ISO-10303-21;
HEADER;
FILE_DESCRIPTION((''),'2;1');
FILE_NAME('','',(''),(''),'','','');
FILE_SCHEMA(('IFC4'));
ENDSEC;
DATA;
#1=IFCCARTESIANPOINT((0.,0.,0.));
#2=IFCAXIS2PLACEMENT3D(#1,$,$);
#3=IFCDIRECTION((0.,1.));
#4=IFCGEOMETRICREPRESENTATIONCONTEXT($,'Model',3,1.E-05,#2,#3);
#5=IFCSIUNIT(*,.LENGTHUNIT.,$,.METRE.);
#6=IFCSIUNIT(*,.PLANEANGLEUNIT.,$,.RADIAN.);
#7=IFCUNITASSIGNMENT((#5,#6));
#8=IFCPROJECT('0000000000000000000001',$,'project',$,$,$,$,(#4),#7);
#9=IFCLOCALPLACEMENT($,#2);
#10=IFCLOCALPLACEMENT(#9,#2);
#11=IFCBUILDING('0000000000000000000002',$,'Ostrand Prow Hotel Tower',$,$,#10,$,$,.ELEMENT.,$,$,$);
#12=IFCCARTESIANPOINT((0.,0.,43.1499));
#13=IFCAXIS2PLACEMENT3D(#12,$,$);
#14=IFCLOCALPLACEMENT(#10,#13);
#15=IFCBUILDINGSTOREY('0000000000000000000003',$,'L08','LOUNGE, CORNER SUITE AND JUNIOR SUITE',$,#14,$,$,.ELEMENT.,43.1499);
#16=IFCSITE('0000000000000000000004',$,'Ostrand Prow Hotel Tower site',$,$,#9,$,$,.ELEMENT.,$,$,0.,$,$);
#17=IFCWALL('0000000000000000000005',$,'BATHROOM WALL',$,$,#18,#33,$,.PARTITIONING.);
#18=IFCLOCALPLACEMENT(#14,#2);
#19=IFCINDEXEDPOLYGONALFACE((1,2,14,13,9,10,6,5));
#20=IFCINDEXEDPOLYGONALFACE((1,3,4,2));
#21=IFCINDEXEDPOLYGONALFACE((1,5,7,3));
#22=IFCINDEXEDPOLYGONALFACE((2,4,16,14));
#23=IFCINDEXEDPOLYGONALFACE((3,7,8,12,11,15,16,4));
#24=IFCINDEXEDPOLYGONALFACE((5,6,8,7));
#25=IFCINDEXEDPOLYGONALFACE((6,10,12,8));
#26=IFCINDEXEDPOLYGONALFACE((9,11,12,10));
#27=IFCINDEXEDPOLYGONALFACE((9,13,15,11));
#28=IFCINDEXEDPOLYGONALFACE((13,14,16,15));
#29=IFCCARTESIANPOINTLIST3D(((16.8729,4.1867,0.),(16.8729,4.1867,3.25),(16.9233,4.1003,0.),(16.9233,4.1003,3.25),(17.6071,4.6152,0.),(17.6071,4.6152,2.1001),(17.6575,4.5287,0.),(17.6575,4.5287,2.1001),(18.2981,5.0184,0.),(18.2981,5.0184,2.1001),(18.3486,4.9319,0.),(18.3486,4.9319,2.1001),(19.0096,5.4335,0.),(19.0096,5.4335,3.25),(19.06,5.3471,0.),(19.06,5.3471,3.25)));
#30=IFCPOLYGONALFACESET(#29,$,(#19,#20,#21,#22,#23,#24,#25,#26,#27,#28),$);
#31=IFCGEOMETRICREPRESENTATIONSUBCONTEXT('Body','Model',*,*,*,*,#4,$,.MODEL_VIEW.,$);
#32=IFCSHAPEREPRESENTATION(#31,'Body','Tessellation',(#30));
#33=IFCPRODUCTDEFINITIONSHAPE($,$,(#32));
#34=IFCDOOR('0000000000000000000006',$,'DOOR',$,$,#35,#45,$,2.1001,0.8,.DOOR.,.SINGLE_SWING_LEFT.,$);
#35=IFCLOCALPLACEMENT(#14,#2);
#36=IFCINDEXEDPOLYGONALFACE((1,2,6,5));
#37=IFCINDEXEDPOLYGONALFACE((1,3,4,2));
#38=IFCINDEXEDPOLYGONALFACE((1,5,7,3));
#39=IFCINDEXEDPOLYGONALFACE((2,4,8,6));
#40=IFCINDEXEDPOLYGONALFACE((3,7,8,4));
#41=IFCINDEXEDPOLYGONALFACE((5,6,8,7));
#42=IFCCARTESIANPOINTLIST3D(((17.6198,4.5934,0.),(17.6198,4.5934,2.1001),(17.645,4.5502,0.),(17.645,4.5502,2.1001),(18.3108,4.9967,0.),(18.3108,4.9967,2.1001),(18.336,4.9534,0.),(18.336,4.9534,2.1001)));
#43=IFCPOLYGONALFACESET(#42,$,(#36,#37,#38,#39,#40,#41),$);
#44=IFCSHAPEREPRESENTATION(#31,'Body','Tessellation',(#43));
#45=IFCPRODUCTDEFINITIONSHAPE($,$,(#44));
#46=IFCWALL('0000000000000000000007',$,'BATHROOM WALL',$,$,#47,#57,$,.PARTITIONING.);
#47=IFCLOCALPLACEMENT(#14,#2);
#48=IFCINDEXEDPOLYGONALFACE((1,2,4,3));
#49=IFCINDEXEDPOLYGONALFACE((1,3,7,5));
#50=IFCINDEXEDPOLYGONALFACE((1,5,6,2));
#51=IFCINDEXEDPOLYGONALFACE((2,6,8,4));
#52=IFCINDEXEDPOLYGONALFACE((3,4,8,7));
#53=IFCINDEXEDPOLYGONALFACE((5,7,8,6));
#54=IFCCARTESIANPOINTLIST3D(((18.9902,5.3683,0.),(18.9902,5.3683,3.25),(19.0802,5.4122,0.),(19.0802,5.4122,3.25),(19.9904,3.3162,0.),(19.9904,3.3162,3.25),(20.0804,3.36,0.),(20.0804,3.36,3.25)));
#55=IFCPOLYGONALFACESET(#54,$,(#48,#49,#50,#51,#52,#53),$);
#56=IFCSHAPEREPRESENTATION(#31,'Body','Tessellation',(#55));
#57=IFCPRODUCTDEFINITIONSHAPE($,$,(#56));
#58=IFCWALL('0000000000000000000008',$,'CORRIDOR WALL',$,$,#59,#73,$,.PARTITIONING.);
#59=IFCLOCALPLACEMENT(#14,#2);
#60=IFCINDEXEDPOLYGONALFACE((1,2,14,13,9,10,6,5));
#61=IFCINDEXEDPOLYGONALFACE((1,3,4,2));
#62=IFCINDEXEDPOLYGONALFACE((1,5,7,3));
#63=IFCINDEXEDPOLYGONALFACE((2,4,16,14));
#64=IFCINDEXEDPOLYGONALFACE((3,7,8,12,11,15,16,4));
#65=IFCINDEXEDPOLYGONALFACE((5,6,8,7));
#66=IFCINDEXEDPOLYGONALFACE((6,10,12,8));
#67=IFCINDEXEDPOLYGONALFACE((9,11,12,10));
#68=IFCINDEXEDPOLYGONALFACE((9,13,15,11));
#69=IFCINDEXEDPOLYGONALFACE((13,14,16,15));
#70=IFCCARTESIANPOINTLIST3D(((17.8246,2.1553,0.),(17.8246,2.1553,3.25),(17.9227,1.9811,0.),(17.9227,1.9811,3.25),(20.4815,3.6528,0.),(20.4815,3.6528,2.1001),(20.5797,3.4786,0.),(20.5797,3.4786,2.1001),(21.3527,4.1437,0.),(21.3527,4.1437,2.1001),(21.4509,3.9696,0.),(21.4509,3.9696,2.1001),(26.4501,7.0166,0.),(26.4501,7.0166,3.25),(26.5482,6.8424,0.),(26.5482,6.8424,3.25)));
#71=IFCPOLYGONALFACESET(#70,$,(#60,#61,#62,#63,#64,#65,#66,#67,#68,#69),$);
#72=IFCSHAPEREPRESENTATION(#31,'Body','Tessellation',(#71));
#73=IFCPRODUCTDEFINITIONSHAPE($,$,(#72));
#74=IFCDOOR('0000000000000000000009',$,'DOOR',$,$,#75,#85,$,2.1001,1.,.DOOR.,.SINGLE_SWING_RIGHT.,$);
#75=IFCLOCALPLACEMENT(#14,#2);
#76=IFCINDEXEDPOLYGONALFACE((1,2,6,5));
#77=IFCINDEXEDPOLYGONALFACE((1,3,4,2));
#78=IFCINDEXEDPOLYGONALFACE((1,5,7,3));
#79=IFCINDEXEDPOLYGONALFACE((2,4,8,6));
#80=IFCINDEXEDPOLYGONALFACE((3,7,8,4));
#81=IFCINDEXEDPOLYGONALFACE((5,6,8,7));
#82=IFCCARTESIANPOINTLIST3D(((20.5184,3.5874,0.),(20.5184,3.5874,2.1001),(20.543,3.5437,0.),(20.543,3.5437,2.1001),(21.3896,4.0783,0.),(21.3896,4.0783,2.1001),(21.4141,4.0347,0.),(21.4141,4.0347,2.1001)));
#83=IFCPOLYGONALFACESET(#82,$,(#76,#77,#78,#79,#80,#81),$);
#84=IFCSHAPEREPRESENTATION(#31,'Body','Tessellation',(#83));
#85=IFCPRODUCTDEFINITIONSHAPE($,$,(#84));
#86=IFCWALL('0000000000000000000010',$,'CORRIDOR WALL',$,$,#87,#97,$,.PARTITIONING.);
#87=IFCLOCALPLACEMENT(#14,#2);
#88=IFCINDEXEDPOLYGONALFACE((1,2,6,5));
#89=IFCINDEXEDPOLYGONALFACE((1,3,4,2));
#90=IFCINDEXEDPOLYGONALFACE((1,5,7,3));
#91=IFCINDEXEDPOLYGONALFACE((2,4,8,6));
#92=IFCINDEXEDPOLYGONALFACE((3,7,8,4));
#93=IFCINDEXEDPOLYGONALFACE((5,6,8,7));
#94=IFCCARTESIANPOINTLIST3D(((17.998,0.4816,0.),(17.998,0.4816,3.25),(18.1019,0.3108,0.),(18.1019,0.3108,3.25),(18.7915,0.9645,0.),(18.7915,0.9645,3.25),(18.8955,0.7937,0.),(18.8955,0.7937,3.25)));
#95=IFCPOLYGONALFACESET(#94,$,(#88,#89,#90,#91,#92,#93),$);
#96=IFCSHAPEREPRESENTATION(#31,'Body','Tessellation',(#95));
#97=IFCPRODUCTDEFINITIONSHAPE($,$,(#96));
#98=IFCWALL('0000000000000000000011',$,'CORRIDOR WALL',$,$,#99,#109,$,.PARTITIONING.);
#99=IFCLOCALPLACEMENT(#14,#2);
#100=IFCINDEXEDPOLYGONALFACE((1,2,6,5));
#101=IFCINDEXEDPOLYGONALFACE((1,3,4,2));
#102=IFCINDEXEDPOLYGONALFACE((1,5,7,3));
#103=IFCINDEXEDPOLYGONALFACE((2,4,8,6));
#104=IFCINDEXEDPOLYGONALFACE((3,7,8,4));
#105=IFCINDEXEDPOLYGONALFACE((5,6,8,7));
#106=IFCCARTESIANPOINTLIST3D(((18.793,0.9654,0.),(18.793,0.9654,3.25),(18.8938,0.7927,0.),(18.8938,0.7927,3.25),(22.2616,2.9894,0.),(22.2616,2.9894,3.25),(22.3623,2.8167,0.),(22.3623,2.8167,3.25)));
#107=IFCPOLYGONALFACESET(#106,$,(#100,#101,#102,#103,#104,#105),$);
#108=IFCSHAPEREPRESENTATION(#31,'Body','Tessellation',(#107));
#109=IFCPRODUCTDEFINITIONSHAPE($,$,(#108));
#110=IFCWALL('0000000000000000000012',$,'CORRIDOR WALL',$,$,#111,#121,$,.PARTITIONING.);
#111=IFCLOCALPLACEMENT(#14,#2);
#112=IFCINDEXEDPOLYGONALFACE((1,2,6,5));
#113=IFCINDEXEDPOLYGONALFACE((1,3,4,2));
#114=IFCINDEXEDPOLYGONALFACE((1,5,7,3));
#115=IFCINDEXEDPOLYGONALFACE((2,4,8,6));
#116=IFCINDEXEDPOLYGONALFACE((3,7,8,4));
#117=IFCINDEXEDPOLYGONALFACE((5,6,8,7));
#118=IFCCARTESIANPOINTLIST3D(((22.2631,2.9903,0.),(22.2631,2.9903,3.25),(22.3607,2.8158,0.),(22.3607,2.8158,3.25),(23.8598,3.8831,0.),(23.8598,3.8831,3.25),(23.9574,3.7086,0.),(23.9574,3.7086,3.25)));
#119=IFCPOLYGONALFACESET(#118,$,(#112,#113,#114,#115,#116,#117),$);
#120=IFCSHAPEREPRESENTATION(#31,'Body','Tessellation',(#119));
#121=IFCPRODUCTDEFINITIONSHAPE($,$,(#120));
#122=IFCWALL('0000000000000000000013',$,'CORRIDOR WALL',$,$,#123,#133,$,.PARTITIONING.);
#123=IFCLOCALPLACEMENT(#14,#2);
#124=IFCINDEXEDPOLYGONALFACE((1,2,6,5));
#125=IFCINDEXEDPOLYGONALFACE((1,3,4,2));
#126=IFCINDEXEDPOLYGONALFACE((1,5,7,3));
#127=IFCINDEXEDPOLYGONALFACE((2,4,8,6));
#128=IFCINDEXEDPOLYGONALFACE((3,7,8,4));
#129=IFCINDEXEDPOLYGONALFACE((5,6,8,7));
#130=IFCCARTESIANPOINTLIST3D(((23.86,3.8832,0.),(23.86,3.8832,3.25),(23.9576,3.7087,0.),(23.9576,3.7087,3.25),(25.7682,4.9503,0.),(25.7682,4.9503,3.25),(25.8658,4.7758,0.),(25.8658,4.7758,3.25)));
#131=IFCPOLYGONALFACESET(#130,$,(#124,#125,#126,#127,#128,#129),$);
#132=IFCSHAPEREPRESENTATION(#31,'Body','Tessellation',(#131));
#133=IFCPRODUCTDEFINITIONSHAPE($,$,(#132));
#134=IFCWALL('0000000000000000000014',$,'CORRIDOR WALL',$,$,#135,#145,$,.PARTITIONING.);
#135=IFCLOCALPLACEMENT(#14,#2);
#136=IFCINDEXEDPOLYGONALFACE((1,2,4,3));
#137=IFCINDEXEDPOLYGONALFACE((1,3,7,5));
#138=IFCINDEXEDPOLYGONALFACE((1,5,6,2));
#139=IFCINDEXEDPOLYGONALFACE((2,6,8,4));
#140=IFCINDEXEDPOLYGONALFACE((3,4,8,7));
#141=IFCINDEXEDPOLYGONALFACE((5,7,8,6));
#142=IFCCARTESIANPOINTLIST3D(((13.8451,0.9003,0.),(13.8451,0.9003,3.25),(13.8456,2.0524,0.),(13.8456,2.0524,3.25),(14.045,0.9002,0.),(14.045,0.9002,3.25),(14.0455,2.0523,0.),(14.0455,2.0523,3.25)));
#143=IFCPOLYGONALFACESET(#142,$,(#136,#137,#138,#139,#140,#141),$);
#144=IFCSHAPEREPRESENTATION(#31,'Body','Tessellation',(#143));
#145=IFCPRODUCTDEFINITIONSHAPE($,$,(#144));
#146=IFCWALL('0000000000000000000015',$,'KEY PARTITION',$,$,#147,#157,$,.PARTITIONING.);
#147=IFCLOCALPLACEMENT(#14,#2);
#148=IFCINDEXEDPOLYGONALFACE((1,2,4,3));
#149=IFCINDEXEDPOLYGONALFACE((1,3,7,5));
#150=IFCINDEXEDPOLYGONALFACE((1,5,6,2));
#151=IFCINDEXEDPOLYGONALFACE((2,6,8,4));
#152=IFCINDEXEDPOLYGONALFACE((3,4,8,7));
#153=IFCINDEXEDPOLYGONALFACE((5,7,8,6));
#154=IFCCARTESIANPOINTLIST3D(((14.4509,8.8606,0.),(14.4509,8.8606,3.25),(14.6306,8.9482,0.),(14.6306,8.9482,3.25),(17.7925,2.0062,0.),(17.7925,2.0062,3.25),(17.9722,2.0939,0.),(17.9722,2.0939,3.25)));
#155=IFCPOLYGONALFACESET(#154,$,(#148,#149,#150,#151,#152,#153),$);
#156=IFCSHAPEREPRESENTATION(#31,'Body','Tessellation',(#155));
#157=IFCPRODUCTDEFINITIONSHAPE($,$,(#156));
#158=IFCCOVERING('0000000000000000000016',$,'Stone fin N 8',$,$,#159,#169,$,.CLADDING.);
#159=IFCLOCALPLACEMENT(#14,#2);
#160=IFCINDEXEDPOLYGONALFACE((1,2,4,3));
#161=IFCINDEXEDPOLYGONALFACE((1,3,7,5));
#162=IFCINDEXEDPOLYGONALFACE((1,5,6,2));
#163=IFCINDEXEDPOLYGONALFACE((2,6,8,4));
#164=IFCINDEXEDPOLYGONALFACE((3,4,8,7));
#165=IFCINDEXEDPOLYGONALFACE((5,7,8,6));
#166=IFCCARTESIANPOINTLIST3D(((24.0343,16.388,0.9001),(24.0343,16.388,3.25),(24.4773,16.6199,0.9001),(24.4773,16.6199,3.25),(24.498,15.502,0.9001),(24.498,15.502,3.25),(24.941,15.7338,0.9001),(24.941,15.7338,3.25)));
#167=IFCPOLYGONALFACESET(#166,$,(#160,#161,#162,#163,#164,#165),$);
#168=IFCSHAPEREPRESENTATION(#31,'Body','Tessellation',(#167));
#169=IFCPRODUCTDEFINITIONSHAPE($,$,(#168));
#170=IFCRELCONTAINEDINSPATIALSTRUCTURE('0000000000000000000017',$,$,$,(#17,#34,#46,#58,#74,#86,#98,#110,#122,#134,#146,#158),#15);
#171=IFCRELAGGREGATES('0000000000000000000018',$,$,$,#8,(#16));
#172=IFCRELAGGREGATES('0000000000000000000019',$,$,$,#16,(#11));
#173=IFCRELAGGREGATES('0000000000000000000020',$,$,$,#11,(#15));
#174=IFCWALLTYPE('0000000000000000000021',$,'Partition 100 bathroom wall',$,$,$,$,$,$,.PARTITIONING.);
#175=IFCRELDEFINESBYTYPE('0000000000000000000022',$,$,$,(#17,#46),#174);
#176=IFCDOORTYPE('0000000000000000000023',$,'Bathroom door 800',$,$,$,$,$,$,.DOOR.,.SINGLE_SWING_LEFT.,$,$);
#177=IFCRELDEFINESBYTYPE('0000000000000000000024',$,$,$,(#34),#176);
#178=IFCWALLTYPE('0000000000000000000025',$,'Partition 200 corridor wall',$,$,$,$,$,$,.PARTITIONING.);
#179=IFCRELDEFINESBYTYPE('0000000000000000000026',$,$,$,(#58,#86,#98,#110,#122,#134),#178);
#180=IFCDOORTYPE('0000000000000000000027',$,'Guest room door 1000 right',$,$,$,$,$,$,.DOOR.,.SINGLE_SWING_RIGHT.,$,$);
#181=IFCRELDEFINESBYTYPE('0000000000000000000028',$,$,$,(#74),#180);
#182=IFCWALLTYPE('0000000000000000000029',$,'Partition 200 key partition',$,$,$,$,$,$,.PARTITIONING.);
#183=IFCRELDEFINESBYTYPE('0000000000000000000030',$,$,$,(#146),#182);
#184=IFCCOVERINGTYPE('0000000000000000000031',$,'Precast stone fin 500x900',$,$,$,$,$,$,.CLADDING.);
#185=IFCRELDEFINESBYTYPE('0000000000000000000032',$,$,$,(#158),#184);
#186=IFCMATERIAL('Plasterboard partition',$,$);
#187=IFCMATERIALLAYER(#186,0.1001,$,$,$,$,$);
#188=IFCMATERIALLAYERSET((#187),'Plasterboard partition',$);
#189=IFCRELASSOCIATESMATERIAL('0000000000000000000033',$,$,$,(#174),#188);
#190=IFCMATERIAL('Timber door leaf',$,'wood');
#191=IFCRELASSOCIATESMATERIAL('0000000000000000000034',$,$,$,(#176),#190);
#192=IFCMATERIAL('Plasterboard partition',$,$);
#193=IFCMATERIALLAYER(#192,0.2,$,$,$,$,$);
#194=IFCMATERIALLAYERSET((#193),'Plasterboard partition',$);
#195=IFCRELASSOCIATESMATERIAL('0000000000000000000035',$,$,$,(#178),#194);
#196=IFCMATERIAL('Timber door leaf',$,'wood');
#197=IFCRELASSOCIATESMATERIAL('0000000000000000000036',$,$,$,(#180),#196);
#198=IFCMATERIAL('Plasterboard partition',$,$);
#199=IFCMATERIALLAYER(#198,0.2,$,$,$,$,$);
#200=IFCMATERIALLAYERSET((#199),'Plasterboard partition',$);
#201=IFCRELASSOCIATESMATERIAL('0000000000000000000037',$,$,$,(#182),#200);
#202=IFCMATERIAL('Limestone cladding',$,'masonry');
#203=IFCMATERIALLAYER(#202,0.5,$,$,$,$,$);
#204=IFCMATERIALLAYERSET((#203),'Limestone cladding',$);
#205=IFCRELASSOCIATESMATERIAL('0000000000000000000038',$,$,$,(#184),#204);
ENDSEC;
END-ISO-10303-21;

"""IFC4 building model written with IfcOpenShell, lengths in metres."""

from ifc_helpers import new_model, si_unit, direction, frame, frame_2d, origin, place, context, subcontext, project, spatial, rectangle, extrude, material, layer, layer_set, type_object, element, fill, save


model = new_model("IFC4")

# Units and contexts
model_context = context("Model", 3, precision=1e-05, world=origin(), true_north=direction((0.0, 1.0)))
body_context = subcontext(model_context, "Body", "Model", "MODEL_VIEW")
ifc_project = project(units=[si_unit("LENGTHUNIT", "METRE"), si_unit("PLANEANGLEUNIT", "RADIAN")], contexts=[model_context])

# Site, building, storey
site_placement = place(None, origin())
site = spatial("IfcSite", under=ifc_project, at=site_placement, Name="Ostrand Prow Hotel Tower site", CompositionType="ELEMENT", RefElevation=0.0)
building_placement = place(site_placement, origin())
building = spatial("IfcBuilding", under=site, at=building_placement, Name="Ostrand Prow Hotel Tower", CompositionType="ELEMENT")
storey_placement = place(building_placement, frame((0.0, 0.0, 43.1499)))
storey = spatial("IfcBuildingStorey", under=building, at=storey_placement, Name="L08", Description="LOUNGE, CORNER SUITE AND JUNIOR SUITE", CompositionType="ELEMENT", Elevation=43.1499)

# Wall, opening, door
ifc_material_1 = material(Name="Plasterboard partition")
ifc_layer_1 = layer(ifc_material_1, 0.1001)
ifc_layer_set_1 = layer_set([ifc_layer_1], Name="Plasterboard partition")
wall_type_1 = type_object("IfcWallType", Name="Partition 100 bathroom wall", PredefinedType="PARTITIONING", material=ifc_layer_set_1)
wall_1_placement = place(storey_placement, frame((16.8982, 4.1436, 0.0), z_axis=(0.0, 0.0, 1.0), x_axis=(0.863707, 0.503994, 0.0)))
wall_1 = element("IfcWall", 1, at=wall_1_placement, inside=storey, type_object=wall_type_1, Name="BATHROOM WALL", PredefinedType="PARTITIONING", context=body_context, shape_type="SweptSolid", body=[
    extrude(rectangle(XDim=2.4739, YDim=0.1001, at=frame_2d((1.2368, 0.0))), origin(), (0.0, 0.0, 1.0), 3.25),
])
opening_1_placement = place(wall_1_placement, frame((0.8501, 0.0, 0.0)))
opening_1 = element("IfcOpeningElement", 2, at=opening_1_placement, cuts=wall_1, PredefinedType="OPENING", context=body_context, shape_type="SweptSolid", body=[
    extrude(rectangle(XDim=0.8, YDim=2.1001, at=frame_2d((0.3999, 1.05))), frame((0.0, 0.0601, 0.0), z_axis=(0.0, -1.0, 0.0), x_axis=(1.0, 0.0, 0.0)), (0.0, 0.0, 1.0), 0.1201),
])
ifc_material_2 = material(Name="Timber door leaf", Category="wood")
door_type_1 = type_object("IfcDoorType", Name="Bathroom door 800", OperationType="SINGLE_SWING_LEFT", PredefinedType="DOOR", material=ifc_material_2)
door_1_placement = place(opening_1_placement, origin())
door_1 = element("IfcDoor", 3, at=door_1_placement, inside=storey, type_object=door_type_1, Name="DOOR", OperationType="SINGLE_SWING_LEFT", OverallHeight=2.1001, OverallWidth=0.8, PredefinedType="DOOR", context=body_context, shape_type="SweptSolid", body=[
    extrude(rectangle(XDim=0.8, YDim=2.1001, at=frame_2d((0.3999, 1.05))), frame((0.0, 0.0249, 0.0), z_axis=(0.0, -1.0, 0.0), x_axis=(1.0, 0.0, 0.0)), (0.0, 0.0, 1.0), 0.05),
])
fill(opening_1, door_1)

# Wall
wall_2_placement = place(storey_placement, frame((19.0352, 5.3904, 0.0), z_axis=(0.0, 0.0, 1.0), x_axis=(0.438122, -0.898915, 0.0)))
element("IfcWall", 4, at=wall_2_placement, inside=storey, type_object=wall_type_1, Name="BATHROOM WALL", PredefinedType="PARTITIONING", context=body_context, shape_type="SweptSolid", body=[
    extrude(rectangle(XDim=2.283, YDim=0.1001, at=frame_2d((1.1416, 0.0))), origin(), (0.0, 0.0, 1.0), 3.25),
])

# Wall, opening, door
ifc_material_3 = material(Name="Plasterboard partition")
ifc_layer_2 = layer(ifc_material_3, 0.2)
ifc_layer_set_2 = layer_set([ifc_layer_2], Name="Plasterboard partition")
wall_type_2 = type_object("IfcWallType", Name="Partition 200 corridor wall", PredefinedType="PARTITIONING", material=ifc_layer_set_2)
wall_3_placement = place(storey_placement, frame((17.8735, 2.0681, 0.0), z_axis=(0.0, 0.0, 1.0), x_axis=(0.871166, 0.490989, 0.0)))
wall_3 = element("IfcWall", 5, at=wall_3_placement, inside=storey, type_object=wall_type_2, Name="CORRIDOR WALL", PredefinedType="PARTITIONING", context=body_context, shape_type="SweptSolid", body=[
    extrude(rectangle(XDim=9.9011, YDim=0.2, at=frame_2d((4.9507, 0.0))), origin(), (0.0, 0.0, 1.0), 3.25),
])
opening_2_placement = place(wall_3_placement, frame((3.05, 0.0, 0.0)))
opening_2 = element("IfcOpeningElement", 6, at=opening_2_placement, cuts=wall_3, PredefinedType="OPENING", context=body_context, shape_type="SweptSolid", body=[
    extrude(rectangle(XDim=1.0, YDim=2.1001, at=frame_2d((0.5, 1.05))), frame((0.0, 0.1099, 0.0), z_axis=(0.0, -1.0, 0.0), x_axis=(1.0, 0.0, 0.0)), (0.0, 0.0, 1.0), 0.22),
])
ifc_material_4 = material(Name="Timber door leaf", Category="wood")
door_type_2 = type_object("IfcDoorType", Name="Guest room door 1000 right", OperationType="SINGLE_SWING_RIGHT", PredefinedType="DOOR", material=ifc_material_4)
door_2_placement = place(opening_2_placement, origin())
door_2 = element("IfcDoor", 7, at=door_2_placement, inside=storey, type_object=door_type_2, Name="DOOR", OperationType="SINGLE_SWING_RIGHT", OverallHeight=2.1001, OverallWidth=1.0, PredefinedType="DOOR", context=body_context, shape_type="SweptSolid", body=[
    extrude(rectangle(XDim=1.0, YDim=2.1001, at=frame_2d((0.5, 1.05))), frame((0.0, 0.0249, 0.0), z_axis=(0.0, -1.0, 0.0), x_axis=(1.0, 0.0, 0.0)), (0.0, 0.0, 1.0), 0.05),
])
fill(opening_2, door_2)

# Walls
wall_4_placement = place(storey_placement, frame((18.05, 0.3962, 0.0), z_axis=(0.0, 0.0, 1.0), x_axis=(0.854229, 0.519897, 0.0)))
element("IfcWall", 8, at=wall_4_placement, inside=storey, type_object=wall_type_2, Name="CORRIDOR WALL", PredefinedType="PARTITIONING", context=body_context, shape_type="SweptSolid", body=[
    extrude(rectangle(XDim=0.929, YDim=0.2, at=frame_2d((0.4644, 0.0))), origin(), (0.0, 0.0, 1.0), 3.25),
])
wall_5_placement = place(storey_placement, frame((18.8435, 0.8792, 0.0), z_axis=(0.0, 0.0, 1.0), x_axis=(0.863711, 0.503988, 0.0)))
element("IfcWall", 9, at=wall_5_placement, inside=storey, type_object=wall_type_2, Name="CORRIDOR WALL", PredefinedType="PARTITIONING", context=body_context, shape_type="SweptSolid", body=[
    extrude(rectangle(XDim=4.0159, YDim=0.2, at=frame_2d((2.0078, 0.0))), origin(), (0.0, 0.0, 1.0), 3.25),
])
wall_6_placement = place(storey_placement, frame((22.312, 2.9031, 0.0), z_axis=(0.0, 0.0, 1.0), x_axis=(0.872813, 0.488055, 0.0)))
element("IfcWall", 10, at=wall_6_placement, inside=storey, type_object=wall_type_2, Name="CORRIDOR WALL", PredefinedType="PARTITIONING", context=body_context, shape_type="SweptSolid", body=[
    extrude(rectangle(XDim=1.8293, YDim=0.2, at=frame_2d((0.9146, 0.0))), origin(), (0.0, 0.0, 1.0), 3.25),
])
wall_7_placement = place(storey_placement, frame((23.9087, 3.7959, 0.0), z_axis=(0.0, 0.0, 1.0), x_axis=(0.87279, 0.488097, 0.0)))
element("IfcWall", 11, at=wall_7_placement, inside=storey, type_object=wall_type_2, Name="CORRIDOR WALL", PredefinedType="PARTITIONING", context=body_context, shape_type="SweptSolid", body=[
    extrude(rectangle(XDim=2.1863, YDim=0.2, at=frame_2d((1.0933, 0.0))), origin(), (0.0, 0.0, 1.0), 3.25),
])
wall_8_placement = place(storey_placement, frame((13.9456, 2.0525, 0.0), z_axis=(0.0, 0.0, 1.0), x_axis=(-0.000424, -1.0, 0.0)))
element("IfcWall", 12, at=wall_8_placement, inside=storey, type_object=wall_type_2, Name="CORRIDOR WALL", PredefinedType="PARTITIONING", context=body_context, shape_type="SweptSolid", body=[
    extrude(rectangle(XDim=1.1521, YDim=0.2, at=frame_2d((0.5762, 0.0))), origin(), (0.0, 0.0, 1.0), 3.25),
])
ifc_material_5 = material(Name="Plasterboard partition")
ifc_layer_3 = layer(ifc_material_5, 0.2)
ifc_layer_set_3 = layer_set([ifc_layer_3], Name="Plasterboard partition")
wall_type_3 = type_object("IfcWallType", Name="Partition 200 key partition", PredefinedType="PARTITIONING", material=ifc_layer_set_3)
wall_9_placement = place(storey_placement, frame((17.8823, 2.05, 0.0), z_axis=(0.0, 0.0, 1.0), x_axis=(-0.438214, 0.898871, 0.0)))
element("IfcWall", 13, at=wall_9_placement, inside=storey, type_object=wall_type_3, Name="KEY PARTITION", PredefinedType="PARTITIONING", context=body_context, shape_type="SweptSolid", body=[
    extrude(rectangle(XDim=7.6255, YDim=0.2, at=frame_2d((3.8127, 0.0))), origin(), (0.0, 0.0, 1.0), 3.25),
])

# Covering
ifc_material_6 = material(Name="Limestone cladding", Category="masonry")
ifc_layer_4 = layer(ifc_material_6, 0.5)
ifc_layer_set_4 = layer_set([ifc_layer_4], Name="Limestone cladding")
covering_type = type_object("IfcCoveringType", Name="Precast stone fin 500x900", PredefinedType="CLADDING", material=ifc_layer_set_4)
covering_placement = place(storey_placement, frame((24.7195, 15.6179, 0.9001), z_axis=(0.0, 0.0, 1.0), x_axis=(-0.463642, 0.886023, 0.0)))
element("IfcCovering", 14, at=covering_placement, inside=storey, type_object=covering_type, Name="Stone fin N 8", PredefinedType="CLADDING", context=body_context, shape_type="SweptSolid", body=[
    extrude(rectangle(XDim=1.0, YDim=0.5, at=frame_2d((0.5, 0.0))), origin(), (0.0, 0.0, 1.0), 2.3499),
])

save(model, "model.ifc")
